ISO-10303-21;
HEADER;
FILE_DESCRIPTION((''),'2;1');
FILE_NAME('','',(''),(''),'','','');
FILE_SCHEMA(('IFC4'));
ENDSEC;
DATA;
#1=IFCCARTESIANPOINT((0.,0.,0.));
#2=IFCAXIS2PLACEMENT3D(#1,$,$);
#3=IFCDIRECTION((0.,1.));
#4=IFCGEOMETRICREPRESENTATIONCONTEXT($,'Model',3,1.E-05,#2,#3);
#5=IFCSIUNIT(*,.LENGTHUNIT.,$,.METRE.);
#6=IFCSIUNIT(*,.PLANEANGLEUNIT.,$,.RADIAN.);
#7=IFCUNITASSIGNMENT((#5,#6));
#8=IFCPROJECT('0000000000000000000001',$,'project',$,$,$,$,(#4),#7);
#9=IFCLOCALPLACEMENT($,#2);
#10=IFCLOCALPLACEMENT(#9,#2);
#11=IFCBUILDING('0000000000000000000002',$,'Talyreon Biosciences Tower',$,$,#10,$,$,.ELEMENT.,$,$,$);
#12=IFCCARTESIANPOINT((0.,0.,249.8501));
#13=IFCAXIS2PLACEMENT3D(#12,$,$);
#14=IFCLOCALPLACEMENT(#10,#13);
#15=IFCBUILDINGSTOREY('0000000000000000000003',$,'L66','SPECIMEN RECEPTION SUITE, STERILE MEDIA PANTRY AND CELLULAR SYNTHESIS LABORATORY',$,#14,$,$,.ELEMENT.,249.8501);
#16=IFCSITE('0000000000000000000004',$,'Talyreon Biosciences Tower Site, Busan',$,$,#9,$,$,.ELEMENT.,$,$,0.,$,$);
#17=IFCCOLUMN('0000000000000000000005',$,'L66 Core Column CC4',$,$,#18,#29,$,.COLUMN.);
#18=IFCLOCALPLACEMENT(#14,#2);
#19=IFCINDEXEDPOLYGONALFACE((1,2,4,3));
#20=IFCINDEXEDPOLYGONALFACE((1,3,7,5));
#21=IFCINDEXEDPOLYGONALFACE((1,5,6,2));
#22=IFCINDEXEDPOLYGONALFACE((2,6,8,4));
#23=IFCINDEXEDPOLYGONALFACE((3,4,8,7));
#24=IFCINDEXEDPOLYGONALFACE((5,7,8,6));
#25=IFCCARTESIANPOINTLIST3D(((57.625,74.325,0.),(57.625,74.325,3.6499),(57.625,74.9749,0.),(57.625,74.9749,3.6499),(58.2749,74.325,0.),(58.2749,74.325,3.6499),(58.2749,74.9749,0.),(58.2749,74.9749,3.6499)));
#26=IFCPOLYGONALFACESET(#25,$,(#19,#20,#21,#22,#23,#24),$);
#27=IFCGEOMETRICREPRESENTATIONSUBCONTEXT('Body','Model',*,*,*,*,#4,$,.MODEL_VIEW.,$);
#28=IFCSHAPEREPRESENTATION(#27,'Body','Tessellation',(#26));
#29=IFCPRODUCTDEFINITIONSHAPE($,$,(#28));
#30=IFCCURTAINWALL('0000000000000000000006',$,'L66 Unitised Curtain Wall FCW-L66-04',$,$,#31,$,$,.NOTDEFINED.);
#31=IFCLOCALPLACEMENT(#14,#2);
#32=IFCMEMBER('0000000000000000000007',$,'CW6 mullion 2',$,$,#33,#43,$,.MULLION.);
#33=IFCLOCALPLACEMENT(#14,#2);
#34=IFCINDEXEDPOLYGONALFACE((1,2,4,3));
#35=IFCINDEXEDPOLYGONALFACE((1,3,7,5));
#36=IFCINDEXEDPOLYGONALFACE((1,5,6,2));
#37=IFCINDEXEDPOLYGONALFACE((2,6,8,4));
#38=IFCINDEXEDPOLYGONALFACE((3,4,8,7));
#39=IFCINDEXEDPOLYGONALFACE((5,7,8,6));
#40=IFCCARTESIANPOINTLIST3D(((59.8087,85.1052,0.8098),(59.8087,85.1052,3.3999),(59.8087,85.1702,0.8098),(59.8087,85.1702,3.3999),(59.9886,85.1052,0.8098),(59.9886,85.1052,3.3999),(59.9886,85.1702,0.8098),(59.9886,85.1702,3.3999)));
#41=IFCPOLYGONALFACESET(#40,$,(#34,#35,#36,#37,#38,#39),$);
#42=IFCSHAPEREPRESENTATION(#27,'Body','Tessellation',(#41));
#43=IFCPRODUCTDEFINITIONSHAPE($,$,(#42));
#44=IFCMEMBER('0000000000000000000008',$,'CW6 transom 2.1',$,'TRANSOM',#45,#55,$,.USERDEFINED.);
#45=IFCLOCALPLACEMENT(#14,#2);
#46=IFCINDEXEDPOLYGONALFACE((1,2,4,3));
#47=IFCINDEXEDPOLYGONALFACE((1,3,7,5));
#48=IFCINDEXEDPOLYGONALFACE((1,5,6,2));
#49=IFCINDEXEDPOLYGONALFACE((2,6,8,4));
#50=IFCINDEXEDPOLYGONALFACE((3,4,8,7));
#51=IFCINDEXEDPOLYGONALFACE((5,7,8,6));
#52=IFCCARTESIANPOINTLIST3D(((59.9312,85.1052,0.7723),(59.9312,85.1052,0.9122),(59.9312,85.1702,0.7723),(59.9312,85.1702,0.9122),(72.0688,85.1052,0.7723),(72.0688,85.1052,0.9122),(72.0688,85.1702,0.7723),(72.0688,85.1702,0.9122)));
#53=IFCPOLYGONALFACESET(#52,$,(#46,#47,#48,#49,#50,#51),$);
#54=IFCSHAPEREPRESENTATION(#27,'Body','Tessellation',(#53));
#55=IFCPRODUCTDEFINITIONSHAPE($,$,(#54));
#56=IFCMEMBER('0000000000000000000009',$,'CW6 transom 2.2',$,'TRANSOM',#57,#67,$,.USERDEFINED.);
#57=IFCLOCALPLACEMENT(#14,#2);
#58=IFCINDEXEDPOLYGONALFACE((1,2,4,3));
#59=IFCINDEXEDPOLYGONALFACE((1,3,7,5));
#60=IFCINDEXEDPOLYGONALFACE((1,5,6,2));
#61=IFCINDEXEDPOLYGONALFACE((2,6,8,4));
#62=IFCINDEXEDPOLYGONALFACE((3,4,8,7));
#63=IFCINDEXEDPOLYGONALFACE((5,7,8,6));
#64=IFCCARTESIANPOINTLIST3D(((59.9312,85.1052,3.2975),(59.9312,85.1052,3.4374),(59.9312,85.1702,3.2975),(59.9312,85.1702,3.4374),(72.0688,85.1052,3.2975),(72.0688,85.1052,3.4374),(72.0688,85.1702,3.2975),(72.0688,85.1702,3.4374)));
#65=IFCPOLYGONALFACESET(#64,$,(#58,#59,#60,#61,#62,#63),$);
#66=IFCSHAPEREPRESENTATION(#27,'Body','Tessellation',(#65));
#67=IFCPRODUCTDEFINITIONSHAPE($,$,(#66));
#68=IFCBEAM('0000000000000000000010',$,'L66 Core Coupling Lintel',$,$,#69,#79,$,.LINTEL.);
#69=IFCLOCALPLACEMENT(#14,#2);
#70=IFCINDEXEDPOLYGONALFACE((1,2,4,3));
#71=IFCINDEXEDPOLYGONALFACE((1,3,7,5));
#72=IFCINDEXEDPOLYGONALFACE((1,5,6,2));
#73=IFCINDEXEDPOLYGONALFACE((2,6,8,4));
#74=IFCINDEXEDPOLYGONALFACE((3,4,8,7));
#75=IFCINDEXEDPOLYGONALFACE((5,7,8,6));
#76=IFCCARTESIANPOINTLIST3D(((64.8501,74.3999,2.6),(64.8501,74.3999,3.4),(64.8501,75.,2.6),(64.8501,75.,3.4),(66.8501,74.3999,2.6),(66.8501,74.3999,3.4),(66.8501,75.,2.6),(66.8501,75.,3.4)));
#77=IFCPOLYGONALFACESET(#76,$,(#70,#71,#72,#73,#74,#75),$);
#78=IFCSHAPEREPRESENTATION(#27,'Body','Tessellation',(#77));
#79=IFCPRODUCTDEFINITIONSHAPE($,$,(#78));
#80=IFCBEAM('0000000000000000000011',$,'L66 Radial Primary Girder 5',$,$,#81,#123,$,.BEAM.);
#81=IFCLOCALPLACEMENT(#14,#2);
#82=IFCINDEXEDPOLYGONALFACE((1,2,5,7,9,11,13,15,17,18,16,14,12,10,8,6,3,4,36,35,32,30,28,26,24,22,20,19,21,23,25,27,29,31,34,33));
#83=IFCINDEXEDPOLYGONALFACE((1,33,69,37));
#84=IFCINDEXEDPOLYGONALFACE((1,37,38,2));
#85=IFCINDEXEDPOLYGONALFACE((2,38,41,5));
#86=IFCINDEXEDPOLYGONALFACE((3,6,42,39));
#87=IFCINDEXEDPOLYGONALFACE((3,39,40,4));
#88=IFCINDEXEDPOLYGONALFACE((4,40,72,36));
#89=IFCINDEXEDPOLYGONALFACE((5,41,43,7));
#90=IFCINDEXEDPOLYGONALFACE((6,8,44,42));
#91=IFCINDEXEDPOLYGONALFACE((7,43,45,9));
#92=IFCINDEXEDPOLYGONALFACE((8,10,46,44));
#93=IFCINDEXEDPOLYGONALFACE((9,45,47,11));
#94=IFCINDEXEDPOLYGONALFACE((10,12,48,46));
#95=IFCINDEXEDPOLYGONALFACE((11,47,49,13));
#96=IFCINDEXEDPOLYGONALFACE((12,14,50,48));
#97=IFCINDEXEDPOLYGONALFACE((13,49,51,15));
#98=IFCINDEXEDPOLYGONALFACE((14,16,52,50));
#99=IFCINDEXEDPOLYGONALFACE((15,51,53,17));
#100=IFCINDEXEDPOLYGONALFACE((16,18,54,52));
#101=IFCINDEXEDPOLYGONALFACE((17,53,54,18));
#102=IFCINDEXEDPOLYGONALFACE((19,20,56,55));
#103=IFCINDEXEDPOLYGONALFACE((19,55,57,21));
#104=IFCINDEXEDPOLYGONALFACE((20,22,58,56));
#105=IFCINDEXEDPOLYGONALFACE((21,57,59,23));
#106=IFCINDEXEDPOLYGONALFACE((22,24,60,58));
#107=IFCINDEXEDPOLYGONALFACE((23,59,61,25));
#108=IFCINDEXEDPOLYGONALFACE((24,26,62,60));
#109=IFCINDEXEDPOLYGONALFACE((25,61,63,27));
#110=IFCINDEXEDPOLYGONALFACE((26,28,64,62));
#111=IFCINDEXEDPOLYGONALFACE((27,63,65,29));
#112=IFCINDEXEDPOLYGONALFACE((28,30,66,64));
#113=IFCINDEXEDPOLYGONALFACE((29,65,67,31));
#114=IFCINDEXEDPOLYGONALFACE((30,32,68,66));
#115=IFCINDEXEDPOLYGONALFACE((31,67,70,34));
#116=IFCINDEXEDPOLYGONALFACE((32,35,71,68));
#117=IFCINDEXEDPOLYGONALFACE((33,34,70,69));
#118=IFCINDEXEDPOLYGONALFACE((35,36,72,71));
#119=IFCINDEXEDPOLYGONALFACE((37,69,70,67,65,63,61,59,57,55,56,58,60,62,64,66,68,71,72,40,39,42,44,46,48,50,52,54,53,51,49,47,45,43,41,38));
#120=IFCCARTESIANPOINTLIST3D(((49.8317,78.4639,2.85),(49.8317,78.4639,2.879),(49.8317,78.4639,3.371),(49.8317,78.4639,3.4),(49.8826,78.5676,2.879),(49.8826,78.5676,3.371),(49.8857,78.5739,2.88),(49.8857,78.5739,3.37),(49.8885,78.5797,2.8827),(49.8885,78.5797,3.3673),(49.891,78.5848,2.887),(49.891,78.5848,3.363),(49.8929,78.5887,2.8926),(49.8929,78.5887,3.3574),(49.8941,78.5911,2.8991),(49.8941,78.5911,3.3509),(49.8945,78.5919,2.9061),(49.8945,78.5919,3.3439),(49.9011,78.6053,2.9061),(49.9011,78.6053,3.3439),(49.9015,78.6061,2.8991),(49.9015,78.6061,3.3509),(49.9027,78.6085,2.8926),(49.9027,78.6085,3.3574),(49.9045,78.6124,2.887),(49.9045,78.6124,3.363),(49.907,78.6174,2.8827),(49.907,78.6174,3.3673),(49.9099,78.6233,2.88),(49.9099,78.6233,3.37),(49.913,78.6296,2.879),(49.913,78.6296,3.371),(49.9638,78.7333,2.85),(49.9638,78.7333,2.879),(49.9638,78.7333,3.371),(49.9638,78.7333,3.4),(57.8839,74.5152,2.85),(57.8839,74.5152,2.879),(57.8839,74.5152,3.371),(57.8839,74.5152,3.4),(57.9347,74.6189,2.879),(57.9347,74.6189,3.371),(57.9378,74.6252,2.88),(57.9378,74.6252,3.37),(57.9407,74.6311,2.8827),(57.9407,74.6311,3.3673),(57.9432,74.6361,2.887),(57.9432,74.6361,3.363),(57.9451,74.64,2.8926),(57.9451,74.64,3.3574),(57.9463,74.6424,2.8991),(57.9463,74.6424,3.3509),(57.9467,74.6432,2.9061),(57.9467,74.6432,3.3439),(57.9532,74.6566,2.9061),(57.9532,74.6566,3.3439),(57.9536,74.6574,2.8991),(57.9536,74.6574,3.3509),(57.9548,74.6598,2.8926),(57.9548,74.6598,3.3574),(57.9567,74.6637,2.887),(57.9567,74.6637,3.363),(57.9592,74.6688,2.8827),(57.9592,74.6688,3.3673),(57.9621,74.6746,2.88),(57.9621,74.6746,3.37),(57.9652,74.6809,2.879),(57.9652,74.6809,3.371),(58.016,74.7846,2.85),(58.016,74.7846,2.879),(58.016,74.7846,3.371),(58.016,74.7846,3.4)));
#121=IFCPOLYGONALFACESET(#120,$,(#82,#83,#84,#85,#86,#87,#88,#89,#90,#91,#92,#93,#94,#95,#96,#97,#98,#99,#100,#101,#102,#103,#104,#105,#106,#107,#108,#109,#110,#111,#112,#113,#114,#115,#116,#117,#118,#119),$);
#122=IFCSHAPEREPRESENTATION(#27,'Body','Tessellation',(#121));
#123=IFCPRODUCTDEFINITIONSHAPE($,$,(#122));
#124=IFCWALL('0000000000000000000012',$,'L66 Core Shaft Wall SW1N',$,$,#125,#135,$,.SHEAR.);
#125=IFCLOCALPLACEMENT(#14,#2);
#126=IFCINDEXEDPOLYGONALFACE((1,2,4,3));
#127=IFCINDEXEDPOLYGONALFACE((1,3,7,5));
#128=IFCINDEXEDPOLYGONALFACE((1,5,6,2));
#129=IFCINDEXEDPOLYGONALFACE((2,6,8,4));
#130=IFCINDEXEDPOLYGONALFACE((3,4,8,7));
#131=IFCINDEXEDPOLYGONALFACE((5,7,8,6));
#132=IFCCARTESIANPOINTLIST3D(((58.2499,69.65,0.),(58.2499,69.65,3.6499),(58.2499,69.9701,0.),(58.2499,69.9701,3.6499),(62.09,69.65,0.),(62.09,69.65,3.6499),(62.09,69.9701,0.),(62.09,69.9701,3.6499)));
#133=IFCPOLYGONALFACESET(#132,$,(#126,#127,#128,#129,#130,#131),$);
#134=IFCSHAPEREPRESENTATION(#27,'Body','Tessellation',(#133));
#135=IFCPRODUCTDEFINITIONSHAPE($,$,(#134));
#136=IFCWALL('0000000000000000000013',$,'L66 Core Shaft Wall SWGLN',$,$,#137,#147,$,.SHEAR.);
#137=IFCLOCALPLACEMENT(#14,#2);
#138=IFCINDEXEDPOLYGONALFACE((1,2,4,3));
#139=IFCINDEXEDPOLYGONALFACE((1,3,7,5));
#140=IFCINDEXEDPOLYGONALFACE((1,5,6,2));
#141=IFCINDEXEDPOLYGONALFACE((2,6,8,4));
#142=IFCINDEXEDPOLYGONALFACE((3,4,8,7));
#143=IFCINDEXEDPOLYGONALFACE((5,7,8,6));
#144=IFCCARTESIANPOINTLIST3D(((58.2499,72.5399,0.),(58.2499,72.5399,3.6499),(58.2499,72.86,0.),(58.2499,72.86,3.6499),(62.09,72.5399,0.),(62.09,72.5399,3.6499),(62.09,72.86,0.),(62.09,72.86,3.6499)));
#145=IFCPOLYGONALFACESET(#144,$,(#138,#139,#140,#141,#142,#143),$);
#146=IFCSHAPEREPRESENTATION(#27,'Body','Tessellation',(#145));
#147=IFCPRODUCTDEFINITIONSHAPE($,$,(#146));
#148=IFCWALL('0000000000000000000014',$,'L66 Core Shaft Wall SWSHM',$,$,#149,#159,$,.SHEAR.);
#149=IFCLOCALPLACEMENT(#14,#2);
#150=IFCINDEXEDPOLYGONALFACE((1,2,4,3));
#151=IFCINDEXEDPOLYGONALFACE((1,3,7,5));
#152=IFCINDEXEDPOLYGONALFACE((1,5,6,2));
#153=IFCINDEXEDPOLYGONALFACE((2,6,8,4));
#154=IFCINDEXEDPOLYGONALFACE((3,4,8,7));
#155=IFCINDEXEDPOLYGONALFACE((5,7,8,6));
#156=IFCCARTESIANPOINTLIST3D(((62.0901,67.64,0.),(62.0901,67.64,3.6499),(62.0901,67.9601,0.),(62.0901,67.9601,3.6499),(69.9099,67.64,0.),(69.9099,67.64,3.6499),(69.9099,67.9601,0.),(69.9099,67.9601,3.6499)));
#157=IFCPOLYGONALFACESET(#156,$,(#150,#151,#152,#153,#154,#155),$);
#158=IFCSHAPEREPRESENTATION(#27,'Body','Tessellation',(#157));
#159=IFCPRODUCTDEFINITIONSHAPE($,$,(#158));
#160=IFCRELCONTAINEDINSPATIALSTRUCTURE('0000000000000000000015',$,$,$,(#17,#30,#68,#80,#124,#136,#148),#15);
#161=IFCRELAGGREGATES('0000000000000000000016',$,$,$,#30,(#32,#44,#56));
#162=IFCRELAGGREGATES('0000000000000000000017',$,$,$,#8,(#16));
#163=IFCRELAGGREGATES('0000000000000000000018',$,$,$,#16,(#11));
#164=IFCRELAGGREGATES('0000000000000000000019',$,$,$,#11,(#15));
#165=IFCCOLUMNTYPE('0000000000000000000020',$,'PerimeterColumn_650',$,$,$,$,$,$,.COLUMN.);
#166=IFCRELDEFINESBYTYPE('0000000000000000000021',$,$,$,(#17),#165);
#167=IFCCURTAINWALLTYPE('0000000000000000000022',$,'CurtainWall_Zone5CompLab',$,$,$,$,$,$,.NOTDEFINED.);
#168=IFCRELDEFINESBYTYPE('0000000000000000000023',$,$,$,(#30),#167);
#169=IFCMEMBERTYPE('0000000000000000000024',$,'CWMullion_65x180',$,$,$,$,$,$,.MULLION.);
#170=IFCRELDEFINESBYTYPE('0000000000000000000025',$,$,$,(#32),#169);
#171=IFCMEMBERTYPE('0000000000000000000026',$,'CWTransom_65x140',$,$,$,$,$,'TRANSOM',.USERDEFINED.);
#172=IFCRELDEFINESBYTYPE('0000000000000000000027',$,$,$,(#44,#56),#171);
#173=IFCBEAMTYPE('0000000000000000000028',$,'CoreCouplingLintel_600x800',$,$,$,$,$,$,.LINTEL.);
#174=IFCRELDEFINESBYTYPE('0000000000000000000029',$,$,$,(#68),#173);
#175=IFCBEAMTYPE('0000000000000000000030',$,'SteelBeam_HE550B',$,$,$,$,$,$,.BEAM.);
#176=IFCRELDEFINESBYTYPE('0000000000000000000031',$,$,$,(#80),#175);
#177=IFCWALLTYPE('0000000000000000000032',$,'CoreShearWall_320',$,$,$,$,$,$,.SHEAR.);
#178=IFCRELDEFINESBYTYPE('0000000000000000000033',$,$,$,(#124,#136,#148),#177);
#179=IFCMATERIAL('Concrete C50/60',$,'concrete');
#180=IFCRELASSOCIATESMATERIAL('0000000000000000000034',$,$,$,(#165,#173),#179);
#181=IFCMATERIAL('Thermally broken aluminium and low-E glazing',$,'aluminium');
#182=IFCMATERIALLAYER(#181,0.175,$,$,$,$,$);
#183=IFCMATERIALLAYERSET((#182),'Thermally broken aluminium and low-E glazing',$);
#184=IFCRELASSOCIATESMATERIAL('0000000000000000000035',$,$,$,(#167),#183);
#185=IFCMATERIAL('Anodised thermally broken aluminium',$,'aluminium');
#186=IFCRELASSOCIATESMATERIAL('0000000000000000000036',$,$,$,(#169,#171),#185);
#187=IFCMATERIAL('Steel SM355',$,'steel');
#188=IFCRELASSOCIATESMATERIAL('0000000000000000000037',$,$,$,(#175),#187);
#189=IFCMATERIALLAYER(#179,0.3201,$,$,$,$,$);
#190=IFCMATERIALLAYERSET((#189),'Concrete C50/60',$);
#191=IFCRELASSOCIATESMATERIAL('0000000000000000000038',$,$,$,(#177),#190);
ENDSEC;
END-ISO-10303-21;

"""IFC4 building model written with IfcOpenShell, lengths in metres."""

from ifc_helpers import new_model, si_unit, direction, frame, frame_2d, origin, origin_2d, place, context, subcontext, project, spatial, rectangle, i_section, extrude, material, layer, layer_set, material_profile, profile_set, type_object, element, aggregate, save


model = new_model("IFC4")

# Units and contexts
model_context = context("Model", 3, precision=1e-05, world=origin(), true_north=direction((0.0, 1.0)))
body_context = subcontext(model_context, "Body", "Model", "MODEL_VIEW")
ifc_project = project(units=[si_unit("LENGTHUNIT", "METRE"), si_unit("PLANEANGLEUNIT", "RADIAN")], contexts=[model_context])

# Site, building, storey
site_placement = place(None, origin())
site = spatial("IfcSite", under=ifc_project, at=site_placement, Name="Talyreon Biosciences Tower Site, Busan", CompositionType="ELEMENT", RefElevation=0.0)
building_placement = place(site_placement, origin())
building = spatial("IfcBuilding", under=site, at=building_placement, Name="Talyreon Biosciences Tower", CompositionType="ELEMENT")
storey_placement = place(building_placement, frame((0.0, 0.0, 249.8501)))
storey = spatial("IfcBuildingStorey", under=building, at=storey_placement, Name="L66", Description="SPECIMEN RECEPTION SUITE, STERILE MEDIA PANTRY AND CELLULAR SYNTHESIS LABORATORY", CompositionType="ELEMENT", Elevation=249.8501)

# Column
ifc_material_1 = material(Name="Concrete C50/60", Category="concrete")
ifc_material_profile_1 = material_profile(ifc_material_1, rectangle(XDim=0.6499, YDim=0.6499, at=origin_2d()), Name="RC 650x650")
ifc_profile_set_1 = profile_set([ifc_material_profile_1], Name="Concrete C50/60")
column_type = type_object("IfcColumnType", Name="PerimeterColumn_650", PredefinedType="COLUMN", material=ifc_profile_set_1)
column_placement = place(storey_placement, frame((57.95, 74.6499, 0.0), z_axis=(0.0, 0.0, 1.0), x_axis=(1.0, 0.0, 0.0)))
element("IfcColumn", 1, at=column_placement, inside=storey, type_object=column_type, Name="L66 Core Column CC4", PredefinedType="COLUMN", context=body_context, shape_type="SweptSolid", body=[
    extrude(rectangle(XDim=0.6499, YDim=0.6499, at=origin_2d()), origin(), (0.0, 0.0, 1.0), 3.6499),
])

# Curtain wall, members
ifc_material_2 = material(Name="Thermally broken aluminium and low-E glazing", Category="aluminium")
ifc_layer_1 = layer(ifc_material_2, 0.175)
ifc_layer_set_1 = layer_set([ifc_layer_1], Name="Thermally broken aluminium and low-E glazing")
curtain_wall_type = type_object("IfcCurtainWallType", Name="CurtainWall_Zone5CompLab", PredefinedType="NOTDEFINED", material=ifc_layer_set_1)
curtain_wall_placement = place(storey_placement, origin())
curtain_wall = element("IfcCurtainWall", 2, at=curtain_wall_placement, inside=storey, type_object=curtain_wall_type, Name="L66 Unitised Curtain Wall FCW-L66-04", PredefinedType="NOTDEFINED")
ifc_material_3 = material(Name="Anodised thermally broken aluminium", Category="aluminium")
ifc_material_profile_2 = material_profile(ifc_material_3, rectangle(XDim=0.0649, YDim=0.1799, at=origin_2d()), Name="ALUM MULLION 65x180")
ifc_profile_set_2 = profile_set([ifc_material_profile_2], Name="Anodised thermally broken aluminium")
member_type_1 = type_object("IfcMemberType", Name="CWMullion_65x180", PredefinedType="MULLION", material=ifc_profile_set_2)
member_1_placement = place(storey_placement, frame((59.8987, 85.1377, 0.8098), z_axis=(0.0, 0.0, 1.0), x_axis=(0.0, 1.0, 0.0)))
member_1 = element("IfcMember", 3, at=member_1_placement, type_object=member_type_1, Name="CW6 mullion 2", PredefinedType="MULLION", context=body_context, shape_type="SweptSolid", body=[
    extrude(rectangle(XDim=0.0649, YDim=0.1799, at=origin_2d()), origin(), (0.0, 0.0, 1.0), 2.5901),
])
ifc_material_profile_3 = material_profile(ifc_material_3, rectangle(XDim=0.0649, YDim=0.1399, at=origin_2d()), Name="ALUM TRANSOM 65x140")
ifc_profile_set_3 = profile_set([ifc_material_profile_3], Name="Anodised thermally broken aluminium")
member_type_2 = type_object("IfcMemberType", Name="CWTransom_65x140", ElementType="TRANSOM", PredefinedType="USERDEFINED", material=ifc_profile_set_3)
member_2_placement = place(storey_placement, frame((59.9312, 85.1377, 0.8423), z_axis=(1.0, 0.0, 0.0), x_axis=(0.0, 1.0, 0.0)))
member_2 = element("IfcMember", 4, at=member_2_placement, type_object=member_type_2, Name="CW6 transom 2.1", ObjectType="TRANSOM", PredefinedType="USERDEFINED", context=body_context, shape_type="SweptSolid", body=[
    extrude(rectangle(XDim=0.0649, YDim=0.1399, at=origin_2d()), origin(), (0.0, 0.0, 1.0), 12.1377),
])
member_3_placement = place(storey_placement, frame((59.9312, 85.1377, 3.3674), z_axis=(1.0, 0.0, 0.0), x_axis=(0.0, 1.0, 0.0)))
member_3 = element("IfcMember", 5, at=member_3_placement, type_object=member_type_2, Name="CW6 transom 2.2", ObjectType="TRANSOM", PredefinedType="USERDEFINED", context=body_context, shape_type="SweptSolid", body=[
    extrude(rectangle(XDim=0.0649, YDim=0.1399, at=origin_2d()), origin(), (0.0, 0.0, 1.0), 12.1377),
])
aggregate(curtain_wall, [member_1, member_2, member_3])

# Beams
ifc_material_profile_4 = material_profile(ifc_material_1, rectangle(XDim=0.6001, YDim=0.8, at=origin_2d()), Name="RCB 600x800")
ifc_profile_set_4 = profile_set([ifc_material_profile_4], Name="Concrete C50/60")
beam_type_1 = type_object("IfcBeamType", Name="CoreCouplingLintel_600x800", PredefinedType="LINTEL", material=ifc_profile_set_4)
beam_1_placement = place(storey_placement, frame((64.8501, 74.7, 3.0), z_axis=(1.0, 0.0, 0.0), x_axis=(0.0, 1.0, 0.0)))
element("IfcBeam", 6, at=beam_1_placement, inside=storey, type_object=beam_type_1, Name="L66 Core Coupling Lintel", PredefinedType="LINTEL", context=body_context, shape_type="SweptSolid", body=[
    extrude(rectangle(XDim=0.6001, YDim=0.8, at=origin_2d()), origin(), (0.0, 0.0, 1.0), 2.0),
])
ifc_material_4 = material(Name="Steel SM355", Category="steel")
ifc_material_profile_5 = material_profile(ifc_material_4, i_section(OverallWidth=0.3, OverallDepth=0.55, WebThickness=0.0149, FlangeThickness=0.0291, FilletRadius=0.0271, at=origin_2d()), Name="HE550B")
ifc_profile_set_5 = profile_set([ifc_material_profile_5], Name="Steel SM355")
beam_type_2 = type_object("IfcBeamType", Name="SteelBeam_HE550B", PredefinedType="BEAM", material=ifc_profile_set_5)
beam_2_placement = place(storey_placement, frame((57.95, 74.6499, 3.125), z_axis=(-0.897852, 0.440297, 0.0), x_axis=(-0.440297, -0.897852, 0.0)))
element("IfcBeam", 7, at=beam_2_placement, inside=storey, type_object=beam_type_2, Name="L66 Radial Primary Girder 5", PredefinedType="BEAM", context=body_context, shape_type="SweptSolid", body=[
    extrude(i_section(OverallWidth=0.3, OverallDepth=0.55, WebThickness=0.0149, FlangeThickness=0.0291, FilletRadius=0.0271, at=origin_2d()), origin(), (0.0, 0.0, 1.0), 8.9683),
])

# Walls
ifc_layer_2 = layer(ifc_material_1, 0.3201)
ifc_layer_set_2 = layer_set([ifc_layer_2], Name="Concrete C50/60")
wall_type_1 = type_object("IfcWallType", Name="CoreShearWall_320", PredefinedType="SHEAR", material=ifc_layer_set_2)
for number, where, z_axis, x_axis, name in (
    (8, (58.25, 69.8101, 0.0), (0.0, 0.0, 1.0), (1.0, 0.0, 0.0), "L66 Core Shaft Wall SW1N"),
    (9, (58.25, 72.7, 0.0), (0.0, 0.0, 1.0), (1.0, 0.0, 0.0), "L66 Core Shaft Wall SWGLN"),
):
    element("IfcWall", number, at=place(storey_placement, frame(where, z_axis=z_axis, x_axis=x_axis)), inside=storey, type_object=wall_type_1, Name=name, PredefinedType="SHEAR", context=body_context, shape_type="SweptSolid", body=[
        extrude(rectangle(XDim=3.8401, YDim=0.3201, at=frame_2d((1.9199, 0.0))), origin(), (0.0, 0.0, 1.0), 3.6499),
    ])
wall_1_placement = place(storey_placement, frame((62.0901, 67.8, 0.0), z_axis=(0.0, 0.0, 1.0), x_axis=(1.0, 0.0, 0.0)))
element("IfcWall", 10, at=wall_1_placement, inside=storey, type_object=wall_type_1, Name="L66 Core Shaft Wall SWSHM", PredefinedType="SHEAR", context=body_context, shape_type="SweptSolid", body=[
    extrude(rectangle(XDim=7.8198, YDim=0.3201, at=frame_2d((3.9099, 0.0))), origin(), (0.0, 0.0, 1.0), 3.6499),
])

save(model, "model.ifc")
